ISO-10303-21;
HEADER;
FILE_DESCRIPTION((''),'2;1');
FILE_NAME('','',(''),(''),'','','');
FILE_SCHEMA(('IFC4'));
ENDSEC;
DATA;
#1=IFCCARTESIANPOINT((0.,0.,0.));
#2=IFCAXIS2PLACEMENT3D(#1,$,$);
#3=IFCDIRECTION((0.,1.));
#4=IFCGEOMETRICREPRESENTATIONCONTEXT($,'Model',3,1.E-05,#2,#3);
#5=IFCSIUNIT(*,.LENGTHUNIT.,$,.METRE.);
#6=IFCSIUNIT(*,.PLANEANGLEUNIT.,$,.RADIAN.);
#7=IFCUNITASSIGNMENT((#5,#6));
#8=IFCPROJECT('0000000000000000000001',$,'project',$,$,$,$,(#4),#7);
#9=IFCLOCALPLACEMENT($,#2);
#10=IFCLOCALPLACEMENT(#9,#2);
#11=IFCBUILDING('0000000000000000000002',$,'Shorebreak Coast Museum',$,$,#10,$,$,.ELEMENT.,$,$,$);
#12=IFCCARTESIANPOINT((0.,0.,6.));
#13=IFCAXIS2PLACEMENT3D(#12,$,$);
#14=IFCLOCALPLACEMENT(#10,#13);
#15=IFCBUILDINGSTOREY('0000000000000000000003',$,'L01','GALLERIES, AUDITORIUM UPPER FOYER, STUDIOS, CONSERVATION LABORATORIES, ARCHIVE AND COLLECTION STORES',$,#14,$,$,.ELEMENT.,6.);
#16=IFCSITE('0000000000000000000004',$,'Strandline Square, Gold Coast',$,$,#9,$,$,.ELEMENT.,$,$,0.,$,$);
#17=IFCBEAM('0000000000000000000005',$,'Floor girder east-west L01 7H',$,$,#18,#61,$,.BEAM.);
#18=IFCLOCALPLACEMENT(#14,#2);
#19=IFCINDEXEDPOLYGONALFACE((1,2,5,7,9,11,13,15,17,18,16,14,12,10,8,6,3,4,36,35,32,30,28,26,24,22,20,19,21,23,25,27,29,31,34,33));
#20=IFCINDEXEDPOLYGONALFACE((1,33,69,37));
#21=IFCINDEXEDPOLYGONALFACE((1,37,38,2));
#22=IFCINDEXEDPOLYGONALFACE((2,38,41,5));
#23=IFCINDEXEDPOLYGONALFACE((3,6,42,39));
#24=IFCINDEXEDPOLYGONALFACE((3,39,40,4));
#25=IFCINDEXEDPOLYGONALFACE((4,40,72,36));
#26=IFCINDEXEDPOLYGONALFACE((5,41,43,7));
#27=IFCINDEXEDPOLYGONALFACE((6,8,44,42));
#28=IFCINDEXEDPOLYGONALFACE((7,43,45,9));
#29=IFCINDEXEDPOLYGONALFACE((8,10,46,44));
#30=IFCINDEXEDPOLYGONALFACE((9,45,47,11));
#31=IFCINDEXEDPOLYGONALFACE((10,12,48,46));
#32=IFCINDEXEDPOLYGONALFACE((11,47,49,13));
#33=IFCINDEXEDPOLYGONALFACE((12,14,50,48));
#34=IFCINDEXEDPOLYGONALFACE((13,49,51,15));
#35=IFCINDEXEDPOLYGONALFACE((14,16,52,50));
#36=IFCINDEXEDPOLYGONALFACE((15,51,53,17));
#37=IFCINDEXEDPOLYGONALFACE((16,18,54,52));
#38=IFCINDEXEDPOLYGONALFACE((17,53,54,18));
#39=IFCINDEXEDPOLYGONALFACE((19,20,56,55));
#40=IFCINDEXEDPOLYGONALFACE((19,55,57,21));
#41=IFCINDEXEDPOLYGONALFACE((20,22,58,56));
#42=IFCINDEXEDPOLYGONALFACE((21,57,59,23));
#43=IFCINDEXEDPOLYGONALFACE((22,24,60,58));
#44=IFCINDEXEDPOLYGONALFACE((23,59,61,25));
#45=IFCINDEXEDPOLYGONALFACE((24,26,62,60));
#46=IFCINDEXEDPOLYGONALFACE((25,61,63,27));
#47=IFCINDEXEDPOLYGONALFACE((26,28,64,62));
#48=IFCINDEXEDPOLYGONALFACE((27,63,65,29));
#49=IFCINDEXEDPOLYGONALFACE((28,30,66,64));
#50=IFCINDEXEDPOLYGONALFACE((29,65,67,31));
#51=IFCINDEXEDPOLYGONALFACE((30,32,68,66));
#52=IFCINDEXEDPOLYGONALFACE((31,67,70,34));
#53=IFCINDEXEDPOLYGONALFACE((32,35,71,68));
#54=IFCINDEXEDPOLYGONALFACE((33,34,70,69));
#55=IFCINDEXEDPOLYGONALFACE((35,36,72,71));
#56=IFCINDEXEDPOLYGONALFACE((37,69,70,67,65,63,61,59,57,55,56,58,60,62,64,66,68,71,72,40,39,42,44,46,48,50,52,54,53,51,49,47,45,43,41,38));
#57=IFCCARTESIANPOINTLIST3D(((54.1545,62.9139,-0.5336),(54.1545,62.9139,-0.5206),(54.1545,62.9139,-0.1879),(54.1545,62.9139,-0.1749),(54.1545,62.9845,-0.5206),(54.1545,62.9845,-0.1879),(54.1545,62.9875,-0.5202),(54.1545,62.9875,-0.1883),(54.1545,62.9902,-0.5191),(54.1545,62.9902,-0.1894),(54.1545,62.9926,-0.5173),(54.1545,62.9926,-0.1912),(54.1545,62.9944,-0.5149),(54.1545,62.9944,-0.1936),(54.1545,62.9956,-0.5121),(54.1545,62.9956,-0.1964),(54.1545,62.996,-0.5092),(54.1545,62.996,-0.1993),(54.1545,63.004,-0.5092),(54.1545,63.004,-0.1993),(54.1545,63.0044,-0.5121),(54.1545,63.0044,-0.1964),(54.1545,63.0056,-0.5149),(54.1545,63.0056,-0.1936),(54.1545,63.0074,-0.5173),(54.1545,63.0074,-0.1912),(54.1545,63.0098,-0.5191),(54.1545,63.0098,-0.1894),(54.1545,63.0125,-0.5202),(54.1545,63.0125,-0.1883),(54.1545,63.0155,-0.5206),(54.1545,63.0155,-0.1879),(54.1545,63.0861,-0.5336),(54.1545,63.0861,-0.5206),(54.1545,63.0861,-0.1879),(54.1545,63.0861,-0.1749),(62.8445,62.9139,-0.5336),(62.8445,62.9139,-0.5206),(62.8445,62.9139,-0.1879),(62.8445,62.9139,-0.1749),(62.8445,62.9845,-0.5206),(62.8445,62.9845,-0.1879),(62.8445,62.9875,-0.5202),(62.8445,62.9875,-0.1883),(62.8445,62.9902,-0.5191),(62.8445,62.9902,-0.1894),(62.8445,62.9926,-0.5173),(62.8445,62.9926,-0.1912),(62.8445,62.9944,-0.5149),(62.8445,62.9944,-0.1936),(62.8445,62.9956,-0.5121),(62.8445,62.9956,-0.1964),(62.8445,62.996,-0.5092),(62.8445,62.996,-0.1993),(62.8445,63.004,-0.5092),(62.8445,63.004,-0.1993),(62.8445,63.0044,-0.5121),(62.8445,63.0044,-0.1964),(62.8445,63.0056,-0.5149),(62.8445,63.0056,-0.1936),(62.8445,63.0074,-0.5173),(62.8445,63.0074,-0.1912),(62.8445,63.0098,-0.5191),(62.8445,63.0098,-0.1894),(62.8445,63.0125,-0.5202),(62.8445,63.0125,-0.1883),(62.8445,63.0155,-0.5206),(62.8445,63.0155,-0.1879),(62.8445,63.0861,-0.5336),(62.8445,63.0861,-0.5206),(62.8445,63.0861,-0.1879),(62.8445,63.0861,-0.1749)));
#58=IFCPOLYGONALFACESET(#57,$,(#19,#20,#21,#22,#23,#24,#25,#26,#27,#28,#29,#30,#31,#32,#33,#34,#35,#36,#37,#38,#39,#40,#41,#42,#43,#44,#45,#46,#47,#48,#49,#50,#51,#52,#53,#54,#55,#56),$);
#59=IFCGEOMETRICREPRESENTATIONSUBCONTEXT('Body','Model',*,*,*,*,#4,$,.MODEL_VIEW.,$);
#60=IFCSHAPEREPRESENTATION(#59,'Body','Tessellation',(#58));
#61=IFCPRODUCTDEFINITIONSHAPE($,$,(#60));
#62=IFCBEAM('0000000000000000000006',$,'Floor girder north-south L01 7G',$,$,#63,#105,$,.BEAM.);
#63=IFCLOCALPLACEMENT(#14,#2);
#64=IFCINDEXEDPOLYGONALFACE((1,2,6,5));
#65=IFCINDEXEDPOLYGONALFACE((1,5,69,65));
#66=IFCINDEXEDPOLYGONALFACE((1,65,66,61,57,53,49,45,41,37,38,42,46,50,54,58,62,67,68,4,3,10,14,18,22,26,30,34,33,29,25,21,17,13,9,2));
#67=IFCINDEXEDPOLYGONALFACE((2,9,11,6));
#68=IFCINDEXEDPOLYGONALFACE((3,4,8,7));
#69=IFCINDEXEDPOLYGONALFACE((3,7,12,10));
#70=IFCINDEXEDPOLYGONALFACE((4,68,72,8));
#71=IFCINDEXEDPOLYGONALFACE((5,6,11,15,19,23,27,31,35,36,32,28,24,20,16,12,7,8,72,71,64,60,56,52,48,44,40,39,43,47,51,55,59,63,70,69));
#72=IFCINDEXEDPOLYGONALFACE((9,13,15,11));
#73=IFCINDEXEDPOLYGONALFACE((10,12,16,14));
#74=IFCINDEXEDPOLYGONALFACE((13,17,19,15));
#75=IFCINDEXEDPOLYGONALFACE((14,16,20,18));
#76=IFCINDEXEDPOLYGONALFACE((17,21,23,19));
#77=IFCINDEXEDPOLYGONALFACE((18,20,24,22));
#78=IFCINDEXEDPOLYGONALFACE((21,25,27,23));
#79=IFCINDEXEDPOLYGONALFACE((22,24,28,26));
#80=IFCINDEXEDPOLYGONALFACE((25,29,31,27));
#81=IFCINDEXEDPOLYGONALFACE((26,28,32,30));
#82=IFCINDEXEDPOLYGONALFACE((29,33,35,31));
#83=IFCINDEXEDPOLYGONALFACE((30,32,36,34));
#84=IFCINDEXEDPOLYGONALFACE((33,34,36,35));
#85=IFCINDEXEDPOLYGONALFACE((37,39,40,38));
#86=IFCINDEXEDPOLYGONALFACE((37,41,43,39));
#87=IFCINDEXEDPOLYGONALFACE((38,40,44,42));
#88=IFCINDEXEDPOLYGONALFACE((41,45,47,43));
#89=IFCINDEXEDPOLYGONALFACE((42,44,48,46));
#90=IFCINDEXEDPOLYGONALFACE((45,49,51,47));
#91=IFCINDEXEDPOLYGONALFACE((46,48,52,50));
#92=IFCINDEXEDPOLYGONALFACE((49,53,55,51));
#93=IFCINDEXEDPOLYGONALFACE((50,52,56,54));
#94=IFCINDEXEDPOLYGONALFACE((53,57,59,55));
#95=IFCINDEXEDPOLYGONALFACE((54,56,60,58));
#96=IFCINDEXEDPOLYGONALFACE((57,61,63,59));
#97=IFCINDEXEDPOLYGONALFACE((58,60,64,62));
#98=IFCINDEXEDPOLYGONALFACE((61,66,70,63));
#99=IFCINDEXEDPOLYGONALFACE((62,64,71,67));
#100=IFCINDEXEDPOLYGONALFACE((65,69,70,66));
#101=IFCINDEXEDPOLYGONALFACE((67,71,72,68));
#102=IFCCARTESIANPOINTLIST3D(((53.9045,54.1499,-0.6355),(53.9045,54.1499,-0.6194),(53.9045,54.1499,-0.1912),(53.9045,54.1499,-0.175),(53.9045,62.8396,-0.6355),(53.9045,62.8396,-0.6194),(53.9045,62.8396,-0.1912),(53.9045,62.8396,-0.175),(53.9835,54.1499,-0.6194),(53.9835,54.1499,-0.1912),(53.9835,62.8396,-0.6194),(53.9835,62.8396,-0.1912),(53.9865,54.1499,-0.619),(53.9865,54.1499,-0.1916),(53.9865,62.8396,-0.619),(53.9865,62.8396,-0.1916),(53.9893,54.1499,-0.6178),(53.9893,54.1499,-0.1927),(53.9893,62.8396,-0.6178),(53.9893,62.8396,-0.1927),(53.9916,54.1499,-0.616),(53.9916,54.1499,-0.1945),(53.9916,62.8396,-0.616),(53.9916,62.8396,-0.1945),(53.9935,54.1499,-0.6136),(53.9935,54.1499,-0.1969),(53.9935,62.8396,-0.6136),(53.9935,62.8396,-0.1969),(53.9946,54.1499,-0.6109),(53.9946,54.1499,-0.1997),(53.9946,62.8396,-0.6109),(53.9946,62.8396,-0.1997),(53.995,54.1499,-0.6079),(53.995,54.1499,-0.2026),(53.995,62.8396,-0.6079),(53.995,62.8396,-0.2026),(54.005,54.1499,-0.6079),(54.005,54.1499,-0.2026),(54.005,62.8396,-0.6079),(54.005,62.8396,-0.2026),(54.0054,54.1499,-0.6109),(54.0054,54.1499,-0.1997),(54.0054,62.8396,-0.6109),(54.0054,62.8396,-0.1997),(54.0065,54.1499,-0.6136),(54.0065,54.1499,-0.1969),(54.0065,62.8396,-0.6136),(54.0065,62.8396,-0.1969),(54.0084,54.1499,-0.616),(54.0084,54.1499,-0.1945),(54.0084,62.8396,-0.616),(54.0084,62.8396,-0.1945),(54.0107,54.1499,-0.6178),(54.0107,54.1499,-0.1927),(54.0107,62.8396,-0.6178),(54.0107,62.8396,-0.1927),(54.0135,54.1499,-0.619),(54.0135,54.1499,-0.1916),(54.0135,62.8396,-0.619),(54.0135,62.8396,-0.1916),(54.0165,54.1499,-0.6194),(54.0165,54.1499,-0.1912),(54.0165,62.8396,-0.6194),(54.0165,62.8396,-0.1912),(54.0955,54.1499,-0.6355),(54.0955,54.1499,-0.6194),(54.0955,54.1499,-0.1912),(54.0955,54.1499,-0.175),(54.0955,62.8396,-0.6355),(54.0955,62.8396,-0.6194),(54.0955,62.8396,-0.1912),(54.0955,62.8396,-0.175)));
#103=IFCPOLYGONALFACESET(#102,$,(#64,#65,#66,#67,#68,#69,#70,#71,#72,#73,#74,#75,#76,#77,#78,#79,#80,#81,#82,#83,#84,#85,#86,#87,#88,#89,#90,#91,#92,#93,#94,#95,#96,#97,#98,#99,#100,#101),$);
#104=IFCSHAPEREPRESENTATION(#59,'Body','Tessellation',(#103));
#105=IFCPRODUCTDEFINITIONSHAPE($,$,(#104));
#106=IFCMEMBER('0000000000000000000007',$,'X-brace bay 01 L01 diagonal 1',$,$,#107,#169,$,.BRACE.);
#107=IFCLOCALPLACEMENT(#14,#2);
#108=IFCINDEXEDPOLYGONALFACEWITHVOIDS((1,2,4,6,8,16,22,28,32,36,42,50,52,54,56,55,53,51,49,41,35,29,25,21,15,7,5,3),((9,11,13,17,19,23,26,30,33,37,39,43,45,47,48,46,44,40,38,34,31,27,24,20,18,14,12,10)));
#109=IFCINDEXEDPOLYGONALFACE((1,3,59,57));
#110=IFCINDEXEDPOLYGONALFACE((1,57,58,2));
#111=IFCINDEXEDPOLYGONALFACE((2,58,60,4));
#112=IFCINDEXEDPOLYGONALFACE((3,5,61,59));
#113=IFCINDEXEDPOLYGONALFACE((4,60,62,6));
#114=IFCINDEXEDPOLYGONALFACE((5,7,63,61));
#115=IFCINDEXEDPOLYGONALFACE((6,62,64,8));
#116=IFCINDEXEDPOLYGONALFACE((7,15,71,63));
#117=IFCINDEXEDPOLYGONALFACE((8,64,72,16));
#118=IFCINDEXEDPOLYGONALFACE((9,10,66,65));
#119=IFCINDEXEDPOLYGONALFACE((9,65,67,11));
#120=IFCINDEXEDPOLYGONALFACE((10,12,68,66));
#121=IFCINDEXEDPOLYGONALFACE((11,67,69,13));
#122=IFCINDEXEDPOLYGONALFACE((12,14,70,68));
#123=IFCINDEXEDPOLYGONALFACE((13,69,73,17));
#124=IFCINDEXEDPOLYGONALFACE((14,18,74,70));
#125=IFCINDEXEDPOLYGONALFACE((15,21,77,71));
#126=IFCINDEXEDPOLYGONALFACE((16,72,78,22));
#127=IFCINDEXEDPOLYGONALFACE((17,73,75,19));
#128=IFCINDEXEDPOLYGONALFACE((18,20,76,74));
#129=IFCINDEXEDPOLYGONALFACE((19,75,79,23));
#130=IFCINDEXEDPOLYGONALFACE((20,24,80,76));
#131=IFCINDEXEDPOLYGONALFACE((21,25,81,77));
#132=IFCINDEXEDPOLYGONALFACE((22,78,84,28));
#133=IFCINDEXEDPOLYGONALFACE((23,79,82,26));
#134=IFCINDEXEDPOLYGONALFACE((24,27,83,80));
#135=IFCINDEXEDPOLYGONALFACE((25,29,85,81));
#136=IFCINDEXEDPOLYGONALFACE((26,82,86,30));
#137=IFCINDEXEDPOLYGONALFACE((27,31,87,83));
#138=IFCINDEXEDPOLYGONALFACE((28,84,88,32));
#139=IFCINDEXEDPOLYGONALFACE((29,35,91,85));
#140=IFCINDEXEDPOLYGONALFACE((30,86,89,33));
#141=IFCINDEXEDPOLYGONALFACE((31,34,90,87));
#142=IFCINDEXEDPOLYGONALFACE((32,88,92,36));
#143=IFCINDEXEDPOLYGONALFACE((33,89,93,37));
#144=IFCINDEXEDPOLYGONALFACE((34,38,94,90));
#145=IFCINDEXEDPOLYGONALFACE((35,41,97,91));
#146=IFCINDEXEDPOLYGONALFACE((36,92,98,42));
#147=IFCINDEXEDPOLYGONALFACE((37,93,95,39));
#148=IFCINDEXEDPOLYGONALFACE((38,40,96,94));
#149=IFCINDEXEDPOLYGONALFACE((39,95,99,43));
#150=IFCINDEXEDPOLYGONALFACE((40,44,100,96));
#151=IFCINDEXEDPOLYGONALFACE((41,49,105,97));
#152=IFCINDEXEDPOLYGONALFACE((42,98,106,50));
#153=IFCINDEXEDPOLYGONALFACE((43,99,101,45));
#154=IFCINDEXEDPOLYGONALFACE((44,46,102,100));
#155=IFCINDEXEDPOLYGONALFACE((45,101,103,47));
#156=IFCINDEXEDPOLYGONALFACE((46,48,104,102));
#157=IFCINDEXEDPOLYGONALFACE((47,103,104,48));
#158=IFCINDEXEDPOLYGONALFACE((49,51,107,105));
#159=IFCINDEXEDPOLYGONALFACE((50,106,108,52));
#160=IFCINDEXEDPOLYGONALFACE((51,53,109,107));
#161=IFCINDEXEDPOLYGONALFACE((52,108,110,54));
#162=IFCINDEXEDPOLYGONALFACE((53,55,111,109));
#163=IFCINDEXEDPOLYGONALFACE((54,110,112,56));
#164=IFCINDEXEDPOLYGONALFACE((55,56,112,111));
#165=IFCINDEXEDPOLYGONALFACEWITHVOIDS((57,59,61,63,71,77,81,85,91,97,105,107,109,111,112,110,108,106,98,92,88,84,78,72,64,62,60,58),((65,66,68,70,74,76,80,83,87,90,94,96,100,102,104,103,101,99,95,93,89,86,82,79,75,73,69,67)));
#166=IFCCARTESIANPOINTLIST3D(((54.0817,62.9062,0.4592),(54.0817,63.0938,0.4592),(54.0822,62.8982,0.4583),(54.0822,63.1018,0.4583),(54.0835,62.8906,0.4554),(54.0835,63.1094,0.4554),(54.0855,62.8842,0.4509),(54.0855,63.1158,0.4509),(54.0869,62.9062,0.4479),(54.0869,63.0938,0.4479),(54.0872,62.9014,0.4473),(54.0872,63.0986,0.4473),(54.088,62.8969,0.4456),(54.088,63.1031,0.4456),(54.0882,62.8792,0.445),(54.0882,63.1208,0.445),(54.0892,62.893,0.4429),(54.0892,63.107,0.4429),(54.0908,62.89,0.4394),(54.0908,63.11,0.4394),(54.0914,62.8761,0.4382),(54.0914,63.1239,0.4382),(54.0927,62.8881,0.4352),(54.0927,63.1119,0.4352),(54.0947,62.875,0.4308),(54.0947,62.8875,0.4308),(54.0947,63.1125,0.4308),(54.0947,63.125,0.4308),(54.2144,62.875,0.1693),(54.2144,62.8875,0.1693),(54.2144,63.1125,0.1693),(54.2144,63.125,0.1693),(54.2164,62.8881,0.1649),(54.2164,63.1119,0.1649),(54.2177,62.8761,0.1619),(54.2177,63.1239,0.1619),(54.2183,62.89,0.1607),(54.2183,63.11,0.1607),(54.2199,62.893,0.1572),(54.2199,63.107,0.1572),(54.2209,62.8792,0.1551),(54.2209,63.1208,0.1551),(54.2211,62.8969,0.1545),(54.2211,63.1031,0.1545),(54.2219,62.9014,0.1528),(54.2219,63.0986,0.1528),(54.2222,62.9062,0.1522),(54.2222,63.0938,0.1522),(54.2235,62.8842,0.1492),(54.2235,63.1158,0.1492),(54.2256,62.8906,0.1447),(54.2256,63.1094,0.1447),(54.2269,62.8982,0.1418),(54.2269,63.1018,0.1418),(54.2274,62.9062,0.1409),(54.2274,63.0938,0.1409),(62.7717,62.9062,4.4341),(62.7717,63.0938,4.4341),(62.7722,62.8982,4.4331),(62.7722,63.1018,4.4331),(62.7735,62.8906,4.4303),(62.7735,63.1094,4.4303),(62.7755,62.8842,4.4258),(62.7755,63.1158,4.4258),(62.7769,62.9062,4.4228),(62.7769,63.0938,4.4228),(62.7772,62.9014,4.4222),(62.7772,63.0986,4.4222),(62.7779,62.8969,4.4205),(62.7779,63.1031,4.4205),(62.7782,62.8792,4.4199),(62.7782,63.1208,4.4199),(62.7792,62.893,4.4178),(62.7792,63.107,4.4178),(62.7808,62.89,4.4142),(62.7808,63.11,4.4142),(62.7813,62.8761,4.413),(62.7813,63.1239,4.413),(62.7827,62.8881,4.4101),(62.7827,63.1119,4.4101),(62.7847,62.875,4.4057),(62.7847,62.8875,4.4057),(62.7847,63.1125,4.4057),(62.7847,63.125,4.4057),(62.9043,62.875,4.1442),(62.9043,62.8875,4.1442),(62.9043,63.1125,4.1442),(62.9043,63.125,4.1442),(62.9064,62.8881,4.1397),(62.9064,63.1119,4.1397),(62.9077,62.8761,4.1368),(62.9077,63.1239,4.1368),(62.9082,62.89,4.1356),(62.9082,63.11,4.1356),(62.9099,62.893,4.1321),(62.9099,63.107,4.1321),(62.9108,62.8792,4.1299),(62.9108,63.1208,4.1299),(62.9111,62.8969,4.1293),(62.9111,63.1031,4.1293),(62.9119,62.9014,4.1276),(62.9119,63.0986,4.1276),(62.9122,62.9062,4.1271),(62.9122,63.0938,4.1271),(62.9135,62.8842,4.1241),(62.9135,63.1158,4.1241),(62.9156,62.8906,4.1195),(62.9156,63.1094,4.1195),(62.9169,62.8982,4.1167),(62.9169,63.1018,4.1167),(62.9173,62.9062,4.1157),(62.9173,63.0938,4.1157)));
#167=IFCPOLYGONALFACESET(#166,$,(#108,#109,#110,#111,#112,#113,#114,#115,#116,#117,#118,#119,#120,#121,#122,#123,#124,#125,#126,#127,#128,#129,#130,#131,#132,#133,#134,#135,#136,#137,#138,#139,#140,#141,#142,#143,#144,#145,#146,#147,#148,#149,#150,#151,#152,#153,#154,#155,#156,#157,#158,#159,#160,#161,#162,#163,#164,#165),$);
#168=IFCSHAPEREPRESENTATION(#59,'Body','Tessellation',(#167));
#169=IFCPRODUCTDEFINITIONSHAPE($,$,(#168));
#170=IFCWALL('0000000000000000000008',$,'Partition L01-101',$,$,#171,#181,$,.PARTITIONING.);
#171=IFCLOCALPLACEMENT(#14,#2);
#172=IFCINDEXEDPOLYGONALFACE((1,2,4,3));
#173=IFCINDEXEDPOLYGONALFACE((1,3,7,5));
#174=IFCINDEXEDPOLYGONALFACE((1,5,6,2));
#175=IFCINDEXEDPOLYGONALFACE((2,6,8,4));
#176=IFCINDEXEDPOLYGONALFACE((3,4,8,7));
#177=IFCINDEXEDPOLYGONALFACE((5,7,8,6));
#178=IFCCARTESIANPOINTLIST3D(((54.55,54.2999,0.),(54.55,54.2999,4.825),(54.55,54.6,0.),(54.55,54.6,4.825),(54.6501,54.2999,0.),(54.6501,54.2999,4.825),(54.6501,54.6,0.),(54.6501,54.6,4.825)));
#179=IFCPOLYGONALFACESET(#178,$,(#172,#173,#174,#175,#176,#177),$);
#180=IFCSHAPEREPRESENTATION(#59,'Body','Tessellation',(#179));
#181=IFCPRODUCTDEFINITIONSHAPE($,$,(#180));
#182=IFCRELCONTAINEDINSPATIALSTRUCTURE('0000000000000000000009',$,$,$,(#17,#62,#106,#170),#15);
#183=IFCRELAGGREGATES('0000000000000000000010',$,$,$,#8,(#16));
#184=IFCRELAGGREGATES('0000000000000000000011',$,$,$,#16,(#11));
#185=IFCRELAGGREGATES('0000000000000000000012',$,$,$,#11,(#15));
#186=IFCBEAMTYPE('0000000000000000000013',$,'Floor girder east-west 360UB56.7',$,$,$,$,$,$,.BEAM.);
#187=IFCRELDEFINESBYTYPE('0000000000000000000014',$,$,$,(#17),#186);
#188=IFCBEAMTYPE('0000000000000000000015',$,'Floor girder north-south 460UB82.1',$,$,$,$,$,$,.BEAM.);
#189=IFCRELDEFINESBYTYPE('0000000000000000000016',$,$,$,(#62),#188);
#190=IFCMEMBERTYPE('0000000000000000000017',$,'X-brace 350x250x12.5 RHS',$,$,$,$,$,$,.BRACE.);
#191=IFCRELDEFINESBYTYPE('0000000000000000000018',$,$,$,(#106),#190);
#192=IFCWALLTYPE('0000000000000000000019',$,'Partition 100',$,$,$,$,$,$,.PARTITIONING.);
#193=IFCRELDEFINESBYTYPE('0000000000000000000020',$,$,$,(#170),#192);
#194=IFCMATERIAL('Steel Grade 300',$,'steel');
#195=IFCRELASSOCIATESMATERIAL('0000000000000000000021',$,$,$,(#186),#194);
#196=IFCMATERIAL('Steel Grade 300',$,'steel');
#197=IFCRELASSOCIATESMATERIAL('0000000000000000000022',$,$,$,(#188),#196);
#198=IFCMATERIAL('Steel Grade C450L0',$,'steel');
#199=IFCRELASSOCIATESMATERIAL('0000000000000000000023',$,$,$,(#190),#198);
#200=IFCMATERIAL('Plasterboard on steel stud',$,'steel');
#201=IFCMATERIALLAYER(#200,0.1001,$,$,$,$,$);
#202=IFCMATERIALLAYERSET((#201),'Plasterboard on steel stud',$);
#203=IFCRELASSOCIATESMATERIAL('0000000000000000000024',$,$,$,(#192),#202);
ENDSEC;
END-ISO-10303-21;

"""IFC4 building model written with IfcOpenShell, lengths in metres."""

from ifc_helpers import new_model, si_unit, direction, frame, frame_2d, origin, origin_2d, place, context, subcontext, project, spatial, rectangle, hollow_rectangle, i_section, extrude, material, layer, layer_set, material_profile, profile_set, type_object, element, save


model = new_model("IFC4")

# Units and contexts
model_context = context("Model", 3, precision=1e-05, world=origin(), true_north=direction((0.0, 1.0)))
body_context = subcontext(model_context, "Body", "Model", "MODEL_VIEW")
ifc_project = project(units=[si_unit("LENGTHUNIT", "METRE"), si_unit("PLANEANGLEUNIT", "RADIAN")], contexts=[model_context])

# Site, building, storey
site_placement = place(None, origin())
site = spatial("IfcSite", under=ifc_project, at=site_placement, Name="Strandline Square, Gold Coast", CompositionType="ELEMENT", RefElevation=0.0)
building_placement = place(site_placement, origin())
building = spatial("IfcBuilding", under=site, at=building_placement, Name="Shorebreak Coast Museum", CompositionType="ELEMENT")
storey_placement = place(building_placement, frame((0.0, 0.0, 6.0)))
storey = spatial("IfcBuildingStorey", under=building, at=storey_placement, Name="L01", Description="GALLERIES, AUDITORIUM UPPER FOYER, STUDIOS, CONSERVATION LABORATORIES, ARCHIVE AND COLLECTION STORES", CompositionType="ELEMENT", Elevation=6.0)

# Beams
ifc_material_1 = material(Name="Steel Grade 300", Category="steel")
ifc_material_profile_1 = material_profile(ifc_material_1, i_section(OverallWidth=0.1721, OverallDepth=0.3586, WebThickness=0.0081, FlangeThickness=0.0129, FilletRadius=0.0115, at=origin_2d()), Name="360UB56.7")
ifc_profile_set_1 = profile_set([ifc_material_profile_1], Name="Steel Grade 300")
beam_type_1 = type_object("IfcBeamType", Name="Floor girder east-west 360UB56.7", PredefinedType="BEAM", material=ifc_profile_set_1)
beam_1_placement = place(storey_placement, frame((54.1545, 63.0, -0.3542), z_axis=(1.0, 0.0, 0.0), x_axis=(0.0, 1.0, 0.0)))
element("IfcBeam", 1, at=beam_1_placement, inside=storey, type_object=beam_type_1, Name="Floor girder east-west L01 7H", PredefinedType="BEAM", context=body_context, shape_type="SweptSolid", body=[
    extrude(i_section(OverallWidth=0.1721, OverallDepth=0.3586, WebThickness=0.0081, FlangeThickness=0.0129, FilletRadius=0.0115, at=origin_2d()), origin(), (0.0, 0.0, 1.0), 8.6899),
])
ifc_material_2 = material(Name="Steel Grade 300", Category="steel")
ifc_material_profile_2 = material_profile(ifc_material_2, i_section(OverallWidth=0.1909, OverallDepth=0.4604, WebThickness=0.01, FlangeThickness=0.0161, FilletRadius=0.0115, at=origin_2d()), Name="460UB82.1")
ifc_profile_set_2 = profile_set([ifc_material_profile_2], Name="Steel Grade 300")
beam_type_2 = type_object("IfcBeamType", Name="Floor girder north-south 460UB82.1", PredefinedType="BEAM", material=ifc_profile_set_2)
beam_2_placement = place(storey_placement, frame((54.0, 54.1499, -0.4053), z_axis=(0.0, 1.0, 0.0), x_axis=(-1.0, 0.0, 0.0)))
element("IfcBeam", 2, at=beam_2_placement, inside=storey, type_object=beam_type_2, Name="Floor girder north-south L01 7G", PredefinedType="BEAM", context=body_context, shape_type="SweptSolid", body=[
    extrude(i_section(OverallWidth=0.1909, OverallDepth=0.4604, WebThickness=0.01, FlangeThickness=0.0161, FilletRadius=0.0115, at=origin_2d()), origin(), (0.0, 0.0, 1.0), 8.6897),
])

# Member
ifc_material_3 = material(Name="Steel Grade C450L0", Category="steel")
ifc_material_profile_3 = material_profile(ifc_material_3, hollow_rectangle(XDim=0.25, YDim=0.3501, WallThickness=0.0125, InnerFilletRadius=0.0188, OuterFilletRadius=0.0312, at=origin_2d()), Name="350x250x12.5 RHS")
ifc_profile_set_3 = profile_set([ifc_material_profile_3], Name="Steel Grade C450L0")
member_type = type_object("IfcMemberType", Name="X-brace 350x250x12.5 RHS", PredefinedType="BRACE", material=ifc_profile_set_3)
member_placement = place(storey_placement, frame((54.1545, 63.0, 0.3), z_axis=(0.909383, 0.0, 0.41596), x_axis=(0.0, 1.0, 0.0)))
element("IfcMember", 3, at=member_placement, inside=storey, type_object=member_type, Name="X-brace bay 01 L01 diagonal 1", PredefinedType="BRACE", context=body_context, shape_type="SweptSolid", body=[
    extrude(hollow_rectangle(XDim=0.25, YDim=0.3501, WallThickness=0.0125, InnerFilletRadius=0.0188, OuterFilletRadius=0.0312, at=origin_2d()), origin(), (0.0, 0.0, 1.0), 9.5559),
])

# Wall
ifc_material_4 = material(Name="Plasterboard on steel stud", Category="steel")
ifc_layer_1 = layer(ifc_material_4, 0.1001)
ifc_layer_set_1 = layer_set([ifc_layer_1], Name="Plasterboard on steel stud")
wall_type_1 = type_object("IfcWallType", Name="Partition 100", PredefinedType="PARTITIONING", material=ifc_layer_set_1)
wall_1_placement = place(storey_placement, frame((54.6001, 54.3, 0.0), z_axis=(0.0, 0.0, 1.0), x_axis=(0.0, 1.0, 0.0)))
element("IfcWall", 4, at=wall_1_placement, inside=storey, type_object=wall_type_1, Name="Partition L01-101", PredefinedType="PARTITIONING", context=body_context, shape_type="SweptSolid", body=[
    extrude(rectangle(XDim=0.3, YDim=0.1001, at=frame_2d((0.1499, 0.0))), origin(), (0.0, 0.0, 1.0), 4.825),
])

save(model, "model.ifc")
